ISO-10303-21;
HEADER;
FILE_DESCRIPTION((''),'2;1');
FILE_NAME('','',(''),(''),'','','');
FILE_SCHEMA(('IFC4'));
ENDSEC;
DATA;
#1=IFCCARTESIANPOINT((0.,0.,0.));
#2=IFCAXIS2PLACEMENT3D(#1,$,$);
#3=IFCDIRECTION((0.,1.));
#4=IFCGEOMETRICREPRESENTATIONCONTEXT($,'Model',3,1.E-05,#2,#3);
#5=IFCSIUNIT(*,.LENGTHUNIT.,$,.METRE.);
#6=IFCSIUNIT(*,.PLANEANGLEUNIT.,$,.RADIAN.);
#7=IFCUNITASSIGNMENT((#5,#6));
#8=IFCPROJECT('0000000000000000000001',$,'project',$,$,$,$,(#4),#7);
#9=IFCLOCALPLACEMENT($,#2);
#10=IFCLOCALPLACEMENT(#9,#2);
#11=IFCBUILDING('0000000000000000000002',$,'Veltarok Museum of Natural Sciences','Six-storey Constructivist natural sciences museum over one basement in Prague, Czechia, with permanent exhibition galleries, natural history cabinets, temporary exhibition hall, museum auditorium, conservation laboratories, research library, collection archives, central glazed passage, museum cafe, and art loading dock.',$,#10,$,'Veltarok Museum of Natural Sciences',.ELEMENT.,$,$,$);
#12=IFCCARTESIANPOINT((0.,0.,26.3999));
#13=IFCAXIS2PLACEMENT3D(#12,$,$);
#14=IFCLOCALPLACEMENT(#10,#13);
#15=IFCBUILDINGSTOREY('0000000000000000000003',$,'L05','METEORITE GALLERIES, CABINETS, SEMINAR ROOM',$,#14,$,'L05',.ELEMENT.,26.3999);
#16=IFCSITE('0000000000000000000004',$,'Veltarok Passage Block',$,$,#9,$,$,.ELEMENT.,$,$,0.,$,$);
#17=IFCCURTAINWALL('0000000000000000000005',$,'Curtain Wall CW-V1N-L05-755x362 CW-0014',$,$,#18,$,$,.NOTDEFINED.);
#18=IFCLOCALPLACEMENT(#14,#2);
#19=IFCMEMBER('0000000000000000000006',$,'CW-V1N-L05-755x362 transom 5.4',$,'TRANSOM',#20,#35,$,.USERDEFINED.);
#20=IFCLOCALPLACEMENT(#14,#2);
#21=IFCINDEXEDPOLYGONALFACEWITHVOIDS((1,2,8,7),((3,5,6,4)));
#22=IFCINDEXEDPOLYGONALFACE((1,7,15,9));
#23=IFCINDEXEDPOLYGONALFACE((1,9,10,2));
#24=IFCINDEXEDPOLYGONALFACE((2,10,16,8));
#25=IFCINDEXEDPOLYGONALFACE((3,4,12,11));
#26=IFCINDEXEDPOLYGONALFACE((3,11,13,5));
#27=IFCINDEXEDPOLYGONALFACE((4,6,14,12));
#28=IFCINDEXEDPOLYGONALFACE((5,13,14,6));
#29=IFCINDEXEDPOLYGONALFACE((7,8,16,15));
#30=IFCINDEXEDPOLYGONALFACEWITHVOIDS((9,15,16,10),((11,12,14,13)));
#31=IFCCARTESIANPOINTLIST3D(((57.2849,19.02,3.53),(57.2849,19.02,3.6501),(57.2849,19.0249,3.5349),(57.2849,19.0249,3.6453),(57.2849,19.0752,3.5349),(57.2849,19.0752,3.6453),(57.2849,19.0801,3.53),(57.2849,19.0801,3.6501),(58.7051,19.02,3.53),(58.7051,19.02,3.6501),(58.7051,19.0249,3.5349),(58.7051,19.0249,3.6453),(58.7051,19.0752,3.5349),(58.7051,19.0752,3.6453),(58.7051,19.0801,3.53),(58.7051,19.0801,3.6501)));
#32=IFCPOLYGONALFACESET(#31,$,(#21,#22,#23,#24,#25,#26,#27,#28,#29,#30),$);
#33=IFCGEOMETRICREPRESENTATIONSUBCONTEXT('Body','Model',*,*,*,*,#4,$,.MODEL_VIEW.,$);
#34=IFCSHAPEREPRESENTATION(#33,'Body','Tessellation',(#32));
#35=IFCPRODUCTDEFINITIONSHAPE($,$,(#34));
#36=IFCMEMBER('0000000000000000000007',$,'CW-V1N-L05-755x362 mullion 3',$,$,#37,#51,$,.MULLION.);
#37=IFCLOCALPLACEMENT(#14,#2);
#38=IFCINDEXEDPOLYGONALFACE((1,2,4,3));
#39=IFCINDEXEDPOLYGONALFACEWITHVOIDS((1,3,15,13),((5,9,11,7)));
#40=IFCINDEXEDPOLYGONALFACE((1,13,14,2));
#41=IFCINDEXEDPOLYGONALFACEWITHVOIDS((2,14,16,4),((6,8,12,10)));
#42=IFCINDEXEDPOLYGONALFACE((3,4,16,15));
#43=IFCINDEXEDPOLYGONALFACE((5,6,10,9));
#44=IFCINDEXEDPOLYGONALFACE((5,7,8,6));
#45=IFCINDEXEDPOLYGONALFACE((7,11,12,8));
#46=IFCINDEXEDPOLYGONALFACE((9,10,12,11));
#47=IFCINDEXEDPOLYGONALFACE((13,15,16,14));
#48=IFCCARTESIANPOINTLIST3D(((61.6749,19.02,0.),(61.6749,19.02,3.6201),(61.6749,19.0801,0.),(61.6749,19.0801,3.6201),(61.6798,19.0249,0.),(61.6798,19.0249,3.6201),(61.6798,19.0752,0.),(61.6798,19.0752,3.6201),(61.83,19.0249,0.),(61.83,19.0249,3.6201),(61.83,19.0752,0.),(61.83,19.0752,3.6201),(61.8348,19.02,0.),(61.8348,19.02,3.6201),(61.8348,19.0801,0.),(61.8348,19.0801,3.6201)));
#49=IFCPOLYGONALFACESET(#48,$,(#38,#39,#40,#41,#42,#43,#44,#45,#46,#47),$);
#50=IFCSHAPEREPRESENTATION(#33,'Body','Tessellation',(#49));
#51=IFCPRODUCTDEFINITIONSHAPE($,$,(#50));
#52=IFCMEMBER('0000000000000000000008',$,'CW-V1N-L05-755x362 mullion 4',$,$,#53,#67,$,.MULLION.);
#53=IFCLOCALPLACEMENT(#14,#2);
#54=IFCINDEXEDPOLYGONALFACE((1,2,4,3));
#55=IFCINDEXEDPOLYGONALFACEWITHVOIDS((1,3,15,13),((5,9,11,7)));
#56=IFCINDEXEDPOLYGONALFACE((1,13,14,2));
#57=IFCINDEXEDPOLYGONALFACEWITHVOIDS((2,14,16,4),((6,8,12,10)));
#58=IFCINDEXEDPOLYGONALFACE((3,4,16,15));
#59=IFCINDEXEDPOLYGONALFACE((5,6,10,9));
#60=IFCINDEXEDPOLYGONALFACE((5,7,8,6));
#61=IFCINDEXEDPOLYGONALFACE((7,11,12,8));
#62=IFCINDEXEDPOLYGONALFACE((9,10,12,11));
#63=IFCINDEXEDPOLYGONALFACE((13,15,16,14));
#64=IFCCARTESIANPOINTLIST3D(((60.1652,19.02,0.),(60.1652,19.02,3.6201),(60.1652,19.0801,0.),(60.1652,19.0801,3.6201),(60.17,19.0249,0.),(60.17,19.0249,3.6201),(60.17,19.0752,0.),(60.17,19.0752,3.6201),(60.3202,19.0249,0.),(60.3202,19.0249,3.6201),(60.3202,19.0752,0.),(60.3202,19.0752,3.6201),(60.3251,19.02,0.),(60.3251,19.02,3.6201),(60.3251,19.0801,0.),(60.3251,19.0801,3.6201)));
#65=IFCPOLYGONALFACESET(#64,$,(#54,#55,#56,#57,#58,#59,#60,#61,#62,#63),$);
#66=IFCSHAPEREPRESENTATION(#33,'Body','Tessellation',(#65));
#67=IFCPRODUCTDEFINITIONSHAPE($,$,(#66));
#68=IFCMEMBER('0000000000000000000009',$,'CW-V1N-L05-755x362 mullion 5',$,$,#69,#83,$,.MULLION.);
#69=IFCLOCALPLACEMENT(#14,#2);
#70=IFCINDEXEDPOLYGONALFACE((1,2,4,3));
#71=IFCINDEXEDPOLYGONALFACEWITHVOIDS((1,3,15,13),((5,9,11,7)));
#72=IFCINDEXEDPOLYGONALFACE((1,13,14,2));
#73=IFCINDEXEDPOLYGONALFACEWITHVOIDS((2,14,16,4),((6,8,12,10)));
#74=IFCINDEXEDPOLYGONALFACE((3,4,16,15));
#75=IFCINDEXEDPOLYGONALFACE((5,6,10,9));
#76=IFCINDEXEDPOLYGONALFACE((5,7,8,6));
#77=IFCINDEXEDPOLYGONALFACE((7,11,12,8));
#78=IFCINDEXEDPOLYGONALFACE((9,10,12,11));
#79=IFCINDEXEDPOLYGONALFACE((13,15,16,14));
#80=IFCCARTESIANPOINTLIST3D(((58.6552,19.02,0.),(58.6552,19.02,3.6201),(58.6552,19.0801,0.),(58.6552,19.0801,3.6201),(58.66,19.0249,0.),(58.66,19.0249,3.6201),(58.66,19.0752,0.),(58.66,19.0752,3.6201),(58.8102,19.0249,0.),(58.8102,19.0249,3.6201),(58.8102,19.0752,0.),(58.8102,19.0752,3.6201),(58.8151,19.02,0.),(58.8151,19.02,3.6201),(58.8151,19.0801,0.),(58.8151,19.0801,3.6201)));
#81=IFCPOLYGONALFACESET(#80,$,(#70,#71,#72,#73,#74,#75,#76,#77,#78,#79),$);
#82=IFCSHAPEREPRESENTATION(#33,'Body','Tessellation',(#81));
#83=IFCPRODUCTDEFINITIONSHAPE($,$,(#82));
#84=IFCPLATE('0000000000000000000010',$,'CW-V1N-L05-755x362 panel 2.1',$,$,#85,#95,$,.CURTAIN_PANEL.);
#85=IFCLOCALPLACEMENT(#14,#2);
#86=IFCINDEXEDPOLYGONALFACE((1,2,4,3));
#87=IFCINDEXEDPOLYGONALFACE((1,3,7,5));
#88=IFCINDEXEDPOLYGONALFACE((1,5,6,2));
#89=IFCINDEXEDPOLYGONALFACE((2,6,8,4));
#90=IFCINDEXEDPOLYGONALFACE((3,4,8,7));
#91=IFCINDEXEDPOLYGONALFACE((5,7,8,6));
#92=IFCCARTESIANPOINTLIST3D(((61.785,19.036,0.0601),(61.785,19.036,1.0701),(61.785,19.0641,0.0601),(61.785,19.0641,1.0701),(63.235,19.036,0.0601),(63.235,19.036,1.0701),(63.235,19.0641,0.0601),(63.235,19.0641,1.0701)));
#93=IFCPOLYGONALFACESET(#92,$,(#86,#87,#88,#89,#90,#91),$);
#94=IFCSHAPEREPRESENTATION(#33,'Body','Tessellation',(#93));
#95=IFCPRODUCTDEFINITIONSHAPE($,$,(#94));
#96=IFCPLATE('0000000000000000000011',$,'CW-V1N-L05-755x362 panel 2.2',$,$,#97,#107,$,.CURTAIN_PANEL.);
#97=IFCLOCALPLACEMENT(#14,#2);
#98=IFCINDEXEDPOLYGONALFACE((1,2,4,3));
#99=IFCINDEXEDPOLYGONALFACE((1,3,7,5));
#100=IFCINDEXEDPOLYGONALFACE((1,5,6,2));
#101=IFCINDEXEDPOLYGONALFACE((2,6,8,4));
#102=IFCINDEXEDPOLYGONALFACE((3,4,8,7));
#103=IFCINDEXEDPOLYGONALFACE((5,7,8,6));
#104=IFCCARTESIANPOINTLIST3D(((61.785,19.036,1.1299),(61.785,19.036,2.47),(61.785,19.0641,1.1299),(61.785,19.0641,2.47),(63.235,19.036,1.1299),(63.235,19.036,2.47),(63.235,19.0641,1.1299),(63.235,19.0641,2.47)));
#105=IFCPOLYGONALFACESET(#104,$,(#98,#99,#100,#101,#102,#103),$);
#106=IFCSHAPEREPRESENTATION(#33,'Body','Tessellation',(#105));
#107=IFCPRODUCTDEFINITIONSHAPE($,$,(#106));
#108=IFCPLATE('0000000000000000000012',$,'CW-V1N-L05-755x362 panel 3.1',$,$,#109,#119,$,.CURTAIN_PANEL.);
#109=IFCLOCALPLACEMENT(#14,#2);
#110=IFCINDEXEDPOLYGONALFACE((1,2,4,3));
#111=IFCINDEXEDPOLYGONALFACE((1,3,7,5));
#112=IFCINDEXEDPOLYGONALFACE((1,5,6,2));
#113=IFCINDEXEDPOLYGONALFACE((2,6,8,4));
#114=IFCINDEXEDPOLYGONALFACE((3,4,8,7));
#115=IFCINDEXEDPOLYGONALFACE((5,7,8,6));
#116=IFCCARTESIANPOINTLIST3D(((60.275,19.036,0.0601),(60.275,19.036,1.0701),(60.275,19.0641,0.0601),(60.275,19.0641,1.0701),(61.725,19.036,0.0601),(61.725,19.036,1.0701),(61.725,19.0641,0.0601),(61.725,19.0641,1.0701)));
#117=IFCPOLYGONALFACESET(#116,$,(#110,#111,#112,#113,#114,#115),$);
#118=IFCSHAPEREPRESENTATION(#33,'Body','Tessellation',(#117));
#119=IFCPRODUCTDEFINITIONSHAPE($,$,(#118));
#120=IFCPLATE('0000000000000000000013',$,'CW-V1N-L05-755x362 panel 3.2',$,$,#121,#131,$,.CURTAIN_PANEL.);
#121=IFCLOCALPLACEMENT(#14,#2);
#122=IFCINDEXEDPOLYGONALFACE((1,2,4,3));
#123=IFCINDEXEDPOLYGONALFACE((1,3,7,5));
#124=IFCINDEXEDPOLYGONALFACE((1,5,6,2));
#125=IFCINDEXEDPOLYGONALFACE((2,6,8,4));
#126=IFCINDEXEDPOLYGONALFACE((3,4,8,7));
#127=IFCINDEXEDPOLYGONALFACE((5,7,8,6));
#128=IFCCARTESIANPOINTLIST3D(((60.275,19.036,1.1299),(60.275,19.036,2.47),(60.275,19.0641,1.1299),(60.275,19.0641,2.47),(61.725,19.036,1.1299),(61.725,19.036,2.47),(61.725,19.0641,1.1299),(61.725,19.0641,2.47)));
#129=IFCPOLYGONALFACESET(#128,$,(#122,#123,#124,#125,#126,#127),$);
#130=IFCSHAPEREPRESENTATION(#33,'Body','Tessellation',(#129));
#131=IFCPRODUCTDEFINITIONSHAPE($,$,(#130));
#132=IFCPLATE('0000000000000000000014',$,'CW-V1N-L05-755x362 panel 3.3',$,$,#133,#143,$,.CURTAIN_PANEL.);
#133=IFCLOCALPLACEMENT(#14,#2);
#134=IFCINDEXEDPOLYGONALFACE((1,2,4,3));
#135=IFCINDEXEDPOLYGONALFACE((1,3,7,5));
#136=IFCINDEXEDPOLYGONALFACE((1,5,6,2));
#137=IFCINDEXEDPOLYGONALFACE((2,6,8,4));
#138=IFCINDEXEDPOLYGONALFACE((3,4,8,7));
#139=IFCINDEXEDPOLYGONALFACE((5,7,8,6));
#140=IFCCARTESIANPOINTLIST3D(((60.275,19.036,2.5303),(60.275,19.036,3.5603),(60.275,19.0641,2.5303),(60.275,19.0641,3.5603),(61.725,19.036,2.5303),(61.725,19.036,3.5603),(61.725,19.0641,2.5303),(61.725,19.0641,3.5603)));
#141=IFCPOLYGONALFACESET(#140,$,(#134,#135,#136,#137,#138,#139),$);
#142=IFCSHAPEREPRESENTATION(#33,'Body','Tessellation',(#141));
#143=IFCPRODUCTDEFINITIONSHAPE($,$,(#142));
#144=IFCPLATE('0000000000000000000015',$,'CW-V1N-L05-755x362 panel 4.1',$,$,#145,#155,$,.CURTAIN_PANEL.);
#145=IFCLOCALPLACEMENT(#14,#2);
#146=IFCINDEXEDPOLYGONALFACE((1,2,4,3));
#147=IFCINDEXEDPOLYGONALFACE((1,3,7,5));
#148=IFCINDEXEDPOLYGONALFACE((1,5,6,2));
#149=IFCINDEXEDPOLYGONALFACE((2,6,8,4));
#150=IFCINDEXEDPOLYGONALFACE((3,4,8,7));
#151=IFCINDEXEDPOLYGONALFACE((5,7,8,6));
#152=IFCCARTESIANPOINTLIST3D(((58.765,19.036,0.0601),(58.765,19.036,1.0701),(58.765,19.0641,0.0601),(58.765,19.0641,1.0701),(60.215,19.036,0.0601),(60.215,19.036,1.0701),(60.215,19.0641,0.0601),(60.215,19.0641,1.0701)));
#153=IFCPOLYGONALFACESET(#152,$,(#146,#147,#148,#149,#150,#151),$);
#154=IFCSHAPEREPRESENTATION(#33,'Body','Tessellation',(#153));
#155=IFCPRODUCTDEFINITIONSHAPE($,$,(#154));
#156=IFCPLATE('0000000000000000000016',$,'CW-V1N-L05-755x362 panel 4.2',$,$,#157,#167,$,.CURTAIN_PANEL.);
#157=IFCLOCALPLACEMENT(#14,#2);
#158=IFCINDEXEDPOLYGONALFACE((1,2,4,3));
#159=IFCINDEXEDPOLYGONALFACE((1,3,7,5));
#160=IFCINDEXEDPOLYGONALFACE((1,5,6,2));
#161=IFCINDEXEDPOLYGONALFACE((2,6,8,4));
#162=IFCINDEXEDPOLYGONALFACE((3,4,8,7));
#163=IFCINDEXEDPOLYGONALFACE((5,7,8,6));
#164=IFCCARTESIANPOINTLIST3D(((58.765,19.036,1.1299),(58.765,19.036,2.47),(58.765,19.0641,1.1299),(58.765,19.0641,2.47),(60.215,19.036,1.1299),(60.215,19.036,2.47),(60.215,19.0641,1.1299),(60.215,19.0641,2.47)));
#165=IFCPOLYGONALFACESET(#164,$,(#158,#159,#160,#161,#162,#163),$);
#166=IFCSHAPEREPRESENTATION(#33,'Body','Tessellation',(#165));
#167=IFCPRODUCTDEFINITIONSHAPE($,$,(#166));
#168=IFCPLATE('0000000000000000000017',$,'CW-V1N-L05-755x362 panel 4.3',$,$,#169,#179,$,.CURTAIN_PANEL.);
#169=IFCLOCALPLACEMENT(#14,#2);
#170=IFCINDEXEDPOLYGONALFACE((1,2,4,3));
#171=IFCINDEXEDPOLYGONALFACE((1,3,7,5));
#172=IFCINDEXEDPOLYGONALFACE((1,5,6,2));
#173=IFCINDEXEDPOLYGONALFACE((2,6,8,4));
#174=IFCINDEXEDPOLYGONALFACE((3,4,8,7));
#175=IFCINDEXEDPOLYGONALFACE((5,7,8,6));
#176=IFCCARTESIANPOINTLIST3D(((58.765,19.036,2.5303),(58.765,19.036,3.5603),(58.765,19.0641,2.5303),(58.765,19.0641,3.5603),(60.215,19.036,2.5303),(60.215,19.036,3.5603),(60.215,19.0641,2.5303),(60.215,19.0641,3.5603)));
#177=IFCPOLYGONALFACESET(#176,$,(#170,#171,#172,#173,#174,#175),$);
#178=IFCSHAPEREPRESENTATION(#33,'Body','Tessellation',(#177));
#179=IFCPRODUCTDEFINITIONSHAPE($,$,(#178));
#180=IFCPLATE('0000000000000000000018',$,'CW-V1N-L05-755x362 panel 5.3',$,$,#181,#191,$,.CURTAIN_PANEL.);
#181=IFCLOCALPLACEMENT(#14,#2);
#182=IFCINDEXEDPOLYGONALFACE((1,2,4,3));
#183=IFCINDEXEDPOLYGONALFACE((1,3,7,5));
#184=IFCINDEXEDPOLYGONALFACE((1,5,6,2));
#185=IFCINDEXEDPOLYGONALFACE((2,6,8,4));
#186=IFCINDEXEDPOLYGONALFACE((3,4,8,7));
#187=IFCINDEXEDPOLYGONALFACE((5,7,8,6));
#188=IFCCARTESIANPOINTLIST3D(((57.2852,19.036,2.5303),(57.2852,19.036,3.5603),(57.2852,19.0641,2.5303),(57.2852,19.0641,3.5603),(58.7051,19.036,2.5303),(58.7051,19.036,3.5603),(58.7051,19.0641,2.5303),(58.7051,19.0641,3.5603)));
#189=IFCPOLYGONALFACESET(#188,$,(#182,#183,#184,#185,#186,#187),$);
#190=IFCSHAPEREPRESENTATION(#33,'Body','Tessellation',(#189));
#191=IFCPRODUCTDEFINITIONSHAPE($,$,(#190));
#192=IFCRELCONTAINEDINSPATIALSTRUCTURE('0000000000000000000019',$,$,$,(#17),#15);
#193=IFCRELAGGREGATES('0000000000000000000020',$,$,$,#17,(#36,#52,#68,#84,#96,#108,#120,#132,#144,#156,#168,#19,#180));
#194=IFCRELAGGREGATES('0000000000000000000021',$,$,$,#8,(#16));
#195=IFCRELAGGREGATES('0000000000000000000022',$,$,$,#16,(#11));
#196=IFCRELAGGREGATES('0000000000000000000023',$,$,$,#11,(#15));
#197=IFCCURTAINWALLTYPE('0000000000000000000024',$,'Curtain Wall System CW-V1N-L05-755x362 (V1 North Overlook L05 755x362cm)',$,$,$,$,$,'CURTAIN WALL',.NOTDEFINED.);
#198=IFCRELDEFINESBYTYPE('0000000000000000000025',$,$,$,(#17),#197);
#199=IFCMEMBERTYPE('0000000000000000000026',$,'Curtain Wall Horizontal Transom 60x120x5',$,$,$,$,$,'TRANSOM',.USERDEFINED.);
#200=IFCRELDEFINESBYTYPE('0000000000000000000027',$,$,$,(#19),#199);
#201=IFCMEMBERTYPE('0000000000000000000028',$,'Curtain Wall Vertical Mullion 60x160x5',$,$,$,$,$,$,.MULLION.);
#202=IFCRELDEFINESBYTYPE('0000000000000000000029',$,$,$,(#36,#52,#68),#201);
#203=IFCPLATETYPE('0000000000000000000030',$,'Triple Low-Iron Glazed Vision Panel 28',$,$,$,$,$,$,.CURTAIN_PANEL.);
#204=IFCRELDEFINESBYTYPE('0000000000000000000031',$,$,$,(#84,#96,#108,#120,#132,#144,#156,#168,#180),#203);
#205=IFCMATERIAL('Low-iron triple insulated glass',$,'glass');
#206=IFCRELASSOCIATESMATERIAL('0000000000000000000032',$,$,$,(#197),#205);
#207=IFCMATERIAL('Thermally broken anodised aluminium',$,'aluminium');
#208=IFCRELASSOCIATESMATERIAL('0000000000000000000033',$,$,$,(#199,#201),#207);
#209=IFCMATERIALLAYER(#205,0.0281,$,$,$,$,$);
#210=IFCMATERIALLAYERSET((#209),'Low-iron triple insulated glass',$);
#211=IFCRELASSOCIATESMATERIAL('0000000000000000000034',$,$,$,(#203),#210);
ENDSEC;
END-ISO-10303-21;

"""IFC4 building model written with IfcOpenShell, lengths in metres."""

from ifc_helpers import new_model, si_unit, direction, frame, origin, origin_2d, place, context, subcontext, project, spatial, rectangle, hollow_rectangle, extrude, material, layer, layer_set, material_profile, profile_set, type_object, element, aggregate, save


model = new_model("IFC4")

# Units and contexts
model_context = context("Model", 3, precision=1e-05, world=origin(), true_north=direction((0.0, 1.0)))
body_context = subcontext(model_context, "Body", "Model", "MODEL_VIEW")
ifc_project = project(units=[si_unit("LENGTHUNIT", "METRE"), si_unit("PLANEANGLEUNIT", "RADIAN")], contexts=[model_context])

# Site, building, storey
site_placement = place(None, origin())
site = spatial("IfcSite", under=ifc_project, at=site_placement, Name="Veltarok Passage Block", CompositionType="ELEMENT", RefElevation=0.0)
building_placement = place(site_placement, origin())
building = spatial("IfcBuilding", under=site, at=building_placement, Name="Veltarok Museum of Natural Sciences", Description="Six-storey Constructivist natural sciences museum over one basement in Prague, Czechia, with permanent exhibition galleries, natural history cabinets, temporary exhibition hall, museum auditorium, conservation laboratories, research library, collection archives, central glazed passage, museum cafe, and art loading dock.", LongName="Veltarok Museum of Natural Sciences", CompositionType="ELEMENT")
storey_placement = place(building_placement, frame((0.0, 0.0, 26.3999)))
storey = spatial("IfcBuildingStorey", under=building, at=storey_placement, Name="L05", Description="METEORITE GALLERIES, CABINETS, SEMINAR ROOM", LongName="L05", CompositionType="ELEMENT", Elevation=26.3999)

# Curtain wall, members, plates
ifc_material_1 = material(Name="Low-iron triple insulated glass", Category="glass")
curtain_wall_type = type_object("IfcCurtainWallType", Name="Curtain Wall System CW-V1N-L05-755x362 (V1 North Overlook L05 755x362cm)", ElementType="CURTAIN WALL", PredefinedType="NOTDEFINED", material=ifc_material_1)
curtain_wall_placement = place(storey_placement, origin())
curtain_wall = element("IfcCurtainWall", 1, at=curtain_wall_placement, inside=storey, type_object=curtain_wall_type, Name="Curtain Wall CW-V1N-L05-755x362 CW-0014", PredefinedType="NOTDEFINED")
ifc_material_2 = material(Name="Thermally broken anodised aluminium", Category="aluminium")
ifc_material_profile_1 = material_profile(ifc_material_2, hollow_rectangle(XDim=0.0601, YDim=0.1201, WallThickness=0.0049, at=origin_2d()), Name="CW TRANSOM 60x120x5")
ifc_profile_set_1 = profile_set([ifc_material_profile_1], Name="Thermally broken anodised aluminium")
member_type_1 = type_object("IfcMemberType", Name="Curtain Wall Horizontal Transom 60x120x5", ElementType="TRANSOM", PredefinedType="USERDEFINED", material=ifc_profile_set_1)
member_1_placement = place(storey_placement, frame((58.7051, 19.05, 3.5901), z_axis=(-1.0, 0.0, 0.0), x_axis=(0.0, -1.0, 0.0)))
member_1 = element("IfcMember", 2, at=member_1_placement, type_object=member_type_1, Name="CW-V1N-L05-755x362 transom 5.4", ObjectType="TRANSOM", PredefinedType="USERDEFINED", context=body_context, shape_type="SweptSolid", body=[
    extrude(hollow_rectangle(XDim=0.0601, YDim=0.1201, WallThickness=0.0049, at=origin_2d()), origin(), (0.0, 0.0, 1.0), 1.4202),
])
ifc_material_profile_2 = material_profile(ifc_material_2, hollow_rectangle(XDim=0.0601, YDim=0.1599, WallThickness=0.0049, at=origin_2d()), Name="CW MULLION 60x160x5")
ifc_profile_set_2 = profile_set([ifc_material_profile_2], Name="Thermally broken anodised aluminium")
member_type_2 = type_object("IfcMemberType", Name="Curtain Wall Vertical Mullion 60x160x5", PredefinedType="MULLION", material=ifc_profile_set_2)
member_2_placement = place(storey_placement, frame((61.7549, 19.05, 0.0), z_axis=(0.0, 0.0, 1.0), x_axis=(0.0, -1.0, 0.0)))
member_2 = element("IfcMember", 3, at=member_2_placement, type_object=member_type_2, Name="CW-V1N-L05-755x362 mullion 3", PredefinedType="MULLION", context=body_context, shape_type="SweptSolid", body=[
    extrude(hollow_rectangle(XDim=0.0601, YDim=0.1599, WallThickness=0.0049, at=origin_2d()), origin(), (0.0, 0.0, 1.0), 3.6201),
])
member_3_placement = place(storey_placement, frame((60.2451, 19.05, 0.0), z_axis=(0.0, 0.0, 1.0), x_axis=(0.0, -1.0, 0.0)))
member_3 = element("IfcMember", 4, at=member_3_placement, type_object=member_type_2, Name="CW-V1N-L05-755x362 mullion 4", PredefinedType="MULLION", context=body_context, shape_type="SweptSolid", body=[
    extrude(hollow_rectangle(XDim=0.0601, YDim=0.1599, WallThickness=0.0049, at=origin_2d()), origin(), (0.0, 0.0, 1.0), 3.6201),
])
member_4_placement = place(storey_placement, frame((58.7351, 19.05, 0.0), z_axis=(0.0, 0.0, 1.0), x_axis=(0.0, -1.0, 0.0)))
member_4 = element("IfcMember", 5, at=member_4_placement, type_object=member_type_2, Name="CW-V1N-L05-755x362 mullion 5", PredefinedType="MULLION", context=body_context, shape_type="SweptSolid", body=[
    extrude(hollow_rectangle(XDim=0.0601, YDim=0.1599, WallThickness=0.0049, at=origin_2d()), origin(), (0.0, 0.0, 1.0), 3.6201),
])
ifc_layer = layer(ifc_material_1, 0.0281)
ifc_layer_set = layer_set([ifc_layer], Name="Low-iron triple insulated glass")
plate_type = type_object("IfcPlateType", Name="Triple Low-Iron Glazed Vision Panel 28", PredefinedType="CURTAIN_PANEL", material=ifc_layer_set)
plate_1_placement = place(storey_placement, frame((62.51, 19.05, 0.0601), z_axis=(0.0, 0.0, 1.0), x_axis=(-1.0, 0.0, 0.0)))
plate_1 = element("IfcPlate", 6, at=plate_1_placement, type_object=plate_type, Name="CW-V1N-L05-755x362 panel 2.1", PredefinedType="CURTAIN_PANEL", context=body_context, shape_type="SweptSolid", body=[
    extrude(rectangle(XDim=1.45, YDim=0.0281, at=origin_2d()), origin(), (0.0, 0.0, 1.0), 1.01),
])
plate_2_placement = place(storey_placement, frame((62.51, 19.05, 1.1299), z_axis=(0.0, 0.0, 1.0), x_axis=(-1.0, 0.0, 0.0)))
plate_2 = element("IfcPlate", 7, at=plate_2_placement, type_object=plate_type, Name="CW-V1N-L05-755x362 panel 2.2", PredefinedType="CURTAIN_PANEL", context=body_context, shape_type="SweptSolid", body=[
    extrude(rectangle(XDim=1.45, YDim=0.0281, at=origin_2d()), origin(), (0.0, 0.0, 1.0), 1.3401),
])
plate_3_placement = place(storey_placement, frame((61.0, 19.05, 0.0601), z_axis=(0.0, 0.0, 1.0), x_axis=(-1.0, 0.0, 0.0)))
plate_3 = element("IfcPlate", 8, at=plate_3_placement, type_object=plate_type, Name="CW-V1N-L05-755x362 panel 3.1", PredefinedType="CURTAIN_PANEL", context=body_context, shape_type="SweptSolid", body=[
    extrude(rectangle(XDim=1.45, YDim=0.0281, at=origin_2d()), origin(), (0.0, 0.0, 1.0), 1.01),
])
plate_4_placement = place(storey_placement, frame((61.0, 19.05, 1.1299), z_axis=(0.0, 0.0, 1.0), x_axis=(-1.0, 0.0, 0.0)))
plate_4 = element("IfcPlate", 9, at=plate_4_placement, type_object=plate_type, Name="CW-V1N-L05-755x362 panel 3.2", PredefinedType="CURTAIN_PANEL", context=body_context, shape_type="SweptSolid", body=[
    extrude(rectangle(XDim=1.45, YDim=0.0281, at=origin_2d()), origin(), (0.0, 0.0, 1.0), 1.3401),
])
plate_5_placement = place(storey_placement, frame((61.0, 19.05, 2.5303), z_axis=(0.0, 0.0, 1.0), x_axis=(-1.0, 0.0, 0.0)))
plate_5 = element("IfcPlate", 10, at=plate_5_placement, type_object=plate_type, Name="CW-V1N-L05-755x362 panel 3.3", PredefinedType="CURTAIN_PANEL", context=body_context, shape_type="SweptSolid", body=[
    extrude(rectangle(XDim=1.45, YDim=0.0281, at=origin_2d()), origin(), (0.0, 0.0, 1.0), 1.03),
])
plate_6_placement = place(storey_placement, frame((59.49, 19.05, 0.0601), z_axis=(0.0, 0.0, 1.0), x_axis=(-1.0, 0.0, 0.0)))
plate_6 = element("IfcPlate", 11, at=plate_6_placement, type_object=plate_type, Name="CW-V1N-L05-755x362 panel 4.1", PredefinedType="CURTAIN_PANEL", context=body_context, shape_type="SweptSolid", body=[
    extrude(rectangle(XDim=1.45, YDim=0.0281, at=origin_2d()), origin(), (0.0, 0.0, 1.0), 1.01),
])
plate_7_placement = place(storey_placement, frame((59.49, 19.05, 1.1299), z_axis=(0.0, 0.0, 1.0), x_axis=(-1.0, 0.0, 0.0)))
plate_7 = element("IfcPlate", 12, at=plate_7_placement, type_object=plate_type, Name="CW-V1N-L05-755x362 panel 4.2", PredefinedType="CURTAIN_PANEL", context=body_context, shape_type="SweptSolid", body=[
    extrude(rectangle(XDim=1.45, YDim=0.0281, at=origin_2d()), origin(), (0.0, 0.0, 1.0), 1.3401),
])
plate_8_placement = place(storey_placement, frame((59.49, 19.05, 2.5303), z_axis=(0.0, 0.0, 1.0), x_axis=(-1.0, 0.0, 0.0)))
plate_8 = element("IfcPlate", 13, at=plate_8_placement, type_object=plate_type, Name="CW-V1N-L05-755x362 panel 4.3", PredefinedType="CURTAIN_PANEL", context=body_context, shape_type="SweptSolid", body=[
    extrude(rectangle(XDim=1.45, YDim=0.0281, at=origin_2d()), origin(), (0.0, 0.0, 1.0), 1.03),
])
plate_9_placement = place(storey_placement, frame((57.9951, 19.05, 2.5303), z_axis=(0.0, 0.0, 1.0), x_axis=(-1.0, 0.0, 0.0)))
plate_9 = element("IfcPlate", 14, at=plate_9_placement, type_object=plate_type, Name="CW-V1N-L05-755x362 panel 5.3", PredefinedType="CURTAIN_PANEL", context=body_context, shape_type="SweptSolid", body=[
    extrude(rectangle(XDim=1.4199, YDim=0.0281, at=origin_2d()), origin(), (0.0, 0.0, 1.0), 1.03),
])
aggregate(curtain_wall, [member_2, member_3, member_4, plate_1, plate_2, plate_3, plate_4, plate_5, plate_6, plate_7, plate_8, member_1, plate_9])

save(model, "model.ifc")
